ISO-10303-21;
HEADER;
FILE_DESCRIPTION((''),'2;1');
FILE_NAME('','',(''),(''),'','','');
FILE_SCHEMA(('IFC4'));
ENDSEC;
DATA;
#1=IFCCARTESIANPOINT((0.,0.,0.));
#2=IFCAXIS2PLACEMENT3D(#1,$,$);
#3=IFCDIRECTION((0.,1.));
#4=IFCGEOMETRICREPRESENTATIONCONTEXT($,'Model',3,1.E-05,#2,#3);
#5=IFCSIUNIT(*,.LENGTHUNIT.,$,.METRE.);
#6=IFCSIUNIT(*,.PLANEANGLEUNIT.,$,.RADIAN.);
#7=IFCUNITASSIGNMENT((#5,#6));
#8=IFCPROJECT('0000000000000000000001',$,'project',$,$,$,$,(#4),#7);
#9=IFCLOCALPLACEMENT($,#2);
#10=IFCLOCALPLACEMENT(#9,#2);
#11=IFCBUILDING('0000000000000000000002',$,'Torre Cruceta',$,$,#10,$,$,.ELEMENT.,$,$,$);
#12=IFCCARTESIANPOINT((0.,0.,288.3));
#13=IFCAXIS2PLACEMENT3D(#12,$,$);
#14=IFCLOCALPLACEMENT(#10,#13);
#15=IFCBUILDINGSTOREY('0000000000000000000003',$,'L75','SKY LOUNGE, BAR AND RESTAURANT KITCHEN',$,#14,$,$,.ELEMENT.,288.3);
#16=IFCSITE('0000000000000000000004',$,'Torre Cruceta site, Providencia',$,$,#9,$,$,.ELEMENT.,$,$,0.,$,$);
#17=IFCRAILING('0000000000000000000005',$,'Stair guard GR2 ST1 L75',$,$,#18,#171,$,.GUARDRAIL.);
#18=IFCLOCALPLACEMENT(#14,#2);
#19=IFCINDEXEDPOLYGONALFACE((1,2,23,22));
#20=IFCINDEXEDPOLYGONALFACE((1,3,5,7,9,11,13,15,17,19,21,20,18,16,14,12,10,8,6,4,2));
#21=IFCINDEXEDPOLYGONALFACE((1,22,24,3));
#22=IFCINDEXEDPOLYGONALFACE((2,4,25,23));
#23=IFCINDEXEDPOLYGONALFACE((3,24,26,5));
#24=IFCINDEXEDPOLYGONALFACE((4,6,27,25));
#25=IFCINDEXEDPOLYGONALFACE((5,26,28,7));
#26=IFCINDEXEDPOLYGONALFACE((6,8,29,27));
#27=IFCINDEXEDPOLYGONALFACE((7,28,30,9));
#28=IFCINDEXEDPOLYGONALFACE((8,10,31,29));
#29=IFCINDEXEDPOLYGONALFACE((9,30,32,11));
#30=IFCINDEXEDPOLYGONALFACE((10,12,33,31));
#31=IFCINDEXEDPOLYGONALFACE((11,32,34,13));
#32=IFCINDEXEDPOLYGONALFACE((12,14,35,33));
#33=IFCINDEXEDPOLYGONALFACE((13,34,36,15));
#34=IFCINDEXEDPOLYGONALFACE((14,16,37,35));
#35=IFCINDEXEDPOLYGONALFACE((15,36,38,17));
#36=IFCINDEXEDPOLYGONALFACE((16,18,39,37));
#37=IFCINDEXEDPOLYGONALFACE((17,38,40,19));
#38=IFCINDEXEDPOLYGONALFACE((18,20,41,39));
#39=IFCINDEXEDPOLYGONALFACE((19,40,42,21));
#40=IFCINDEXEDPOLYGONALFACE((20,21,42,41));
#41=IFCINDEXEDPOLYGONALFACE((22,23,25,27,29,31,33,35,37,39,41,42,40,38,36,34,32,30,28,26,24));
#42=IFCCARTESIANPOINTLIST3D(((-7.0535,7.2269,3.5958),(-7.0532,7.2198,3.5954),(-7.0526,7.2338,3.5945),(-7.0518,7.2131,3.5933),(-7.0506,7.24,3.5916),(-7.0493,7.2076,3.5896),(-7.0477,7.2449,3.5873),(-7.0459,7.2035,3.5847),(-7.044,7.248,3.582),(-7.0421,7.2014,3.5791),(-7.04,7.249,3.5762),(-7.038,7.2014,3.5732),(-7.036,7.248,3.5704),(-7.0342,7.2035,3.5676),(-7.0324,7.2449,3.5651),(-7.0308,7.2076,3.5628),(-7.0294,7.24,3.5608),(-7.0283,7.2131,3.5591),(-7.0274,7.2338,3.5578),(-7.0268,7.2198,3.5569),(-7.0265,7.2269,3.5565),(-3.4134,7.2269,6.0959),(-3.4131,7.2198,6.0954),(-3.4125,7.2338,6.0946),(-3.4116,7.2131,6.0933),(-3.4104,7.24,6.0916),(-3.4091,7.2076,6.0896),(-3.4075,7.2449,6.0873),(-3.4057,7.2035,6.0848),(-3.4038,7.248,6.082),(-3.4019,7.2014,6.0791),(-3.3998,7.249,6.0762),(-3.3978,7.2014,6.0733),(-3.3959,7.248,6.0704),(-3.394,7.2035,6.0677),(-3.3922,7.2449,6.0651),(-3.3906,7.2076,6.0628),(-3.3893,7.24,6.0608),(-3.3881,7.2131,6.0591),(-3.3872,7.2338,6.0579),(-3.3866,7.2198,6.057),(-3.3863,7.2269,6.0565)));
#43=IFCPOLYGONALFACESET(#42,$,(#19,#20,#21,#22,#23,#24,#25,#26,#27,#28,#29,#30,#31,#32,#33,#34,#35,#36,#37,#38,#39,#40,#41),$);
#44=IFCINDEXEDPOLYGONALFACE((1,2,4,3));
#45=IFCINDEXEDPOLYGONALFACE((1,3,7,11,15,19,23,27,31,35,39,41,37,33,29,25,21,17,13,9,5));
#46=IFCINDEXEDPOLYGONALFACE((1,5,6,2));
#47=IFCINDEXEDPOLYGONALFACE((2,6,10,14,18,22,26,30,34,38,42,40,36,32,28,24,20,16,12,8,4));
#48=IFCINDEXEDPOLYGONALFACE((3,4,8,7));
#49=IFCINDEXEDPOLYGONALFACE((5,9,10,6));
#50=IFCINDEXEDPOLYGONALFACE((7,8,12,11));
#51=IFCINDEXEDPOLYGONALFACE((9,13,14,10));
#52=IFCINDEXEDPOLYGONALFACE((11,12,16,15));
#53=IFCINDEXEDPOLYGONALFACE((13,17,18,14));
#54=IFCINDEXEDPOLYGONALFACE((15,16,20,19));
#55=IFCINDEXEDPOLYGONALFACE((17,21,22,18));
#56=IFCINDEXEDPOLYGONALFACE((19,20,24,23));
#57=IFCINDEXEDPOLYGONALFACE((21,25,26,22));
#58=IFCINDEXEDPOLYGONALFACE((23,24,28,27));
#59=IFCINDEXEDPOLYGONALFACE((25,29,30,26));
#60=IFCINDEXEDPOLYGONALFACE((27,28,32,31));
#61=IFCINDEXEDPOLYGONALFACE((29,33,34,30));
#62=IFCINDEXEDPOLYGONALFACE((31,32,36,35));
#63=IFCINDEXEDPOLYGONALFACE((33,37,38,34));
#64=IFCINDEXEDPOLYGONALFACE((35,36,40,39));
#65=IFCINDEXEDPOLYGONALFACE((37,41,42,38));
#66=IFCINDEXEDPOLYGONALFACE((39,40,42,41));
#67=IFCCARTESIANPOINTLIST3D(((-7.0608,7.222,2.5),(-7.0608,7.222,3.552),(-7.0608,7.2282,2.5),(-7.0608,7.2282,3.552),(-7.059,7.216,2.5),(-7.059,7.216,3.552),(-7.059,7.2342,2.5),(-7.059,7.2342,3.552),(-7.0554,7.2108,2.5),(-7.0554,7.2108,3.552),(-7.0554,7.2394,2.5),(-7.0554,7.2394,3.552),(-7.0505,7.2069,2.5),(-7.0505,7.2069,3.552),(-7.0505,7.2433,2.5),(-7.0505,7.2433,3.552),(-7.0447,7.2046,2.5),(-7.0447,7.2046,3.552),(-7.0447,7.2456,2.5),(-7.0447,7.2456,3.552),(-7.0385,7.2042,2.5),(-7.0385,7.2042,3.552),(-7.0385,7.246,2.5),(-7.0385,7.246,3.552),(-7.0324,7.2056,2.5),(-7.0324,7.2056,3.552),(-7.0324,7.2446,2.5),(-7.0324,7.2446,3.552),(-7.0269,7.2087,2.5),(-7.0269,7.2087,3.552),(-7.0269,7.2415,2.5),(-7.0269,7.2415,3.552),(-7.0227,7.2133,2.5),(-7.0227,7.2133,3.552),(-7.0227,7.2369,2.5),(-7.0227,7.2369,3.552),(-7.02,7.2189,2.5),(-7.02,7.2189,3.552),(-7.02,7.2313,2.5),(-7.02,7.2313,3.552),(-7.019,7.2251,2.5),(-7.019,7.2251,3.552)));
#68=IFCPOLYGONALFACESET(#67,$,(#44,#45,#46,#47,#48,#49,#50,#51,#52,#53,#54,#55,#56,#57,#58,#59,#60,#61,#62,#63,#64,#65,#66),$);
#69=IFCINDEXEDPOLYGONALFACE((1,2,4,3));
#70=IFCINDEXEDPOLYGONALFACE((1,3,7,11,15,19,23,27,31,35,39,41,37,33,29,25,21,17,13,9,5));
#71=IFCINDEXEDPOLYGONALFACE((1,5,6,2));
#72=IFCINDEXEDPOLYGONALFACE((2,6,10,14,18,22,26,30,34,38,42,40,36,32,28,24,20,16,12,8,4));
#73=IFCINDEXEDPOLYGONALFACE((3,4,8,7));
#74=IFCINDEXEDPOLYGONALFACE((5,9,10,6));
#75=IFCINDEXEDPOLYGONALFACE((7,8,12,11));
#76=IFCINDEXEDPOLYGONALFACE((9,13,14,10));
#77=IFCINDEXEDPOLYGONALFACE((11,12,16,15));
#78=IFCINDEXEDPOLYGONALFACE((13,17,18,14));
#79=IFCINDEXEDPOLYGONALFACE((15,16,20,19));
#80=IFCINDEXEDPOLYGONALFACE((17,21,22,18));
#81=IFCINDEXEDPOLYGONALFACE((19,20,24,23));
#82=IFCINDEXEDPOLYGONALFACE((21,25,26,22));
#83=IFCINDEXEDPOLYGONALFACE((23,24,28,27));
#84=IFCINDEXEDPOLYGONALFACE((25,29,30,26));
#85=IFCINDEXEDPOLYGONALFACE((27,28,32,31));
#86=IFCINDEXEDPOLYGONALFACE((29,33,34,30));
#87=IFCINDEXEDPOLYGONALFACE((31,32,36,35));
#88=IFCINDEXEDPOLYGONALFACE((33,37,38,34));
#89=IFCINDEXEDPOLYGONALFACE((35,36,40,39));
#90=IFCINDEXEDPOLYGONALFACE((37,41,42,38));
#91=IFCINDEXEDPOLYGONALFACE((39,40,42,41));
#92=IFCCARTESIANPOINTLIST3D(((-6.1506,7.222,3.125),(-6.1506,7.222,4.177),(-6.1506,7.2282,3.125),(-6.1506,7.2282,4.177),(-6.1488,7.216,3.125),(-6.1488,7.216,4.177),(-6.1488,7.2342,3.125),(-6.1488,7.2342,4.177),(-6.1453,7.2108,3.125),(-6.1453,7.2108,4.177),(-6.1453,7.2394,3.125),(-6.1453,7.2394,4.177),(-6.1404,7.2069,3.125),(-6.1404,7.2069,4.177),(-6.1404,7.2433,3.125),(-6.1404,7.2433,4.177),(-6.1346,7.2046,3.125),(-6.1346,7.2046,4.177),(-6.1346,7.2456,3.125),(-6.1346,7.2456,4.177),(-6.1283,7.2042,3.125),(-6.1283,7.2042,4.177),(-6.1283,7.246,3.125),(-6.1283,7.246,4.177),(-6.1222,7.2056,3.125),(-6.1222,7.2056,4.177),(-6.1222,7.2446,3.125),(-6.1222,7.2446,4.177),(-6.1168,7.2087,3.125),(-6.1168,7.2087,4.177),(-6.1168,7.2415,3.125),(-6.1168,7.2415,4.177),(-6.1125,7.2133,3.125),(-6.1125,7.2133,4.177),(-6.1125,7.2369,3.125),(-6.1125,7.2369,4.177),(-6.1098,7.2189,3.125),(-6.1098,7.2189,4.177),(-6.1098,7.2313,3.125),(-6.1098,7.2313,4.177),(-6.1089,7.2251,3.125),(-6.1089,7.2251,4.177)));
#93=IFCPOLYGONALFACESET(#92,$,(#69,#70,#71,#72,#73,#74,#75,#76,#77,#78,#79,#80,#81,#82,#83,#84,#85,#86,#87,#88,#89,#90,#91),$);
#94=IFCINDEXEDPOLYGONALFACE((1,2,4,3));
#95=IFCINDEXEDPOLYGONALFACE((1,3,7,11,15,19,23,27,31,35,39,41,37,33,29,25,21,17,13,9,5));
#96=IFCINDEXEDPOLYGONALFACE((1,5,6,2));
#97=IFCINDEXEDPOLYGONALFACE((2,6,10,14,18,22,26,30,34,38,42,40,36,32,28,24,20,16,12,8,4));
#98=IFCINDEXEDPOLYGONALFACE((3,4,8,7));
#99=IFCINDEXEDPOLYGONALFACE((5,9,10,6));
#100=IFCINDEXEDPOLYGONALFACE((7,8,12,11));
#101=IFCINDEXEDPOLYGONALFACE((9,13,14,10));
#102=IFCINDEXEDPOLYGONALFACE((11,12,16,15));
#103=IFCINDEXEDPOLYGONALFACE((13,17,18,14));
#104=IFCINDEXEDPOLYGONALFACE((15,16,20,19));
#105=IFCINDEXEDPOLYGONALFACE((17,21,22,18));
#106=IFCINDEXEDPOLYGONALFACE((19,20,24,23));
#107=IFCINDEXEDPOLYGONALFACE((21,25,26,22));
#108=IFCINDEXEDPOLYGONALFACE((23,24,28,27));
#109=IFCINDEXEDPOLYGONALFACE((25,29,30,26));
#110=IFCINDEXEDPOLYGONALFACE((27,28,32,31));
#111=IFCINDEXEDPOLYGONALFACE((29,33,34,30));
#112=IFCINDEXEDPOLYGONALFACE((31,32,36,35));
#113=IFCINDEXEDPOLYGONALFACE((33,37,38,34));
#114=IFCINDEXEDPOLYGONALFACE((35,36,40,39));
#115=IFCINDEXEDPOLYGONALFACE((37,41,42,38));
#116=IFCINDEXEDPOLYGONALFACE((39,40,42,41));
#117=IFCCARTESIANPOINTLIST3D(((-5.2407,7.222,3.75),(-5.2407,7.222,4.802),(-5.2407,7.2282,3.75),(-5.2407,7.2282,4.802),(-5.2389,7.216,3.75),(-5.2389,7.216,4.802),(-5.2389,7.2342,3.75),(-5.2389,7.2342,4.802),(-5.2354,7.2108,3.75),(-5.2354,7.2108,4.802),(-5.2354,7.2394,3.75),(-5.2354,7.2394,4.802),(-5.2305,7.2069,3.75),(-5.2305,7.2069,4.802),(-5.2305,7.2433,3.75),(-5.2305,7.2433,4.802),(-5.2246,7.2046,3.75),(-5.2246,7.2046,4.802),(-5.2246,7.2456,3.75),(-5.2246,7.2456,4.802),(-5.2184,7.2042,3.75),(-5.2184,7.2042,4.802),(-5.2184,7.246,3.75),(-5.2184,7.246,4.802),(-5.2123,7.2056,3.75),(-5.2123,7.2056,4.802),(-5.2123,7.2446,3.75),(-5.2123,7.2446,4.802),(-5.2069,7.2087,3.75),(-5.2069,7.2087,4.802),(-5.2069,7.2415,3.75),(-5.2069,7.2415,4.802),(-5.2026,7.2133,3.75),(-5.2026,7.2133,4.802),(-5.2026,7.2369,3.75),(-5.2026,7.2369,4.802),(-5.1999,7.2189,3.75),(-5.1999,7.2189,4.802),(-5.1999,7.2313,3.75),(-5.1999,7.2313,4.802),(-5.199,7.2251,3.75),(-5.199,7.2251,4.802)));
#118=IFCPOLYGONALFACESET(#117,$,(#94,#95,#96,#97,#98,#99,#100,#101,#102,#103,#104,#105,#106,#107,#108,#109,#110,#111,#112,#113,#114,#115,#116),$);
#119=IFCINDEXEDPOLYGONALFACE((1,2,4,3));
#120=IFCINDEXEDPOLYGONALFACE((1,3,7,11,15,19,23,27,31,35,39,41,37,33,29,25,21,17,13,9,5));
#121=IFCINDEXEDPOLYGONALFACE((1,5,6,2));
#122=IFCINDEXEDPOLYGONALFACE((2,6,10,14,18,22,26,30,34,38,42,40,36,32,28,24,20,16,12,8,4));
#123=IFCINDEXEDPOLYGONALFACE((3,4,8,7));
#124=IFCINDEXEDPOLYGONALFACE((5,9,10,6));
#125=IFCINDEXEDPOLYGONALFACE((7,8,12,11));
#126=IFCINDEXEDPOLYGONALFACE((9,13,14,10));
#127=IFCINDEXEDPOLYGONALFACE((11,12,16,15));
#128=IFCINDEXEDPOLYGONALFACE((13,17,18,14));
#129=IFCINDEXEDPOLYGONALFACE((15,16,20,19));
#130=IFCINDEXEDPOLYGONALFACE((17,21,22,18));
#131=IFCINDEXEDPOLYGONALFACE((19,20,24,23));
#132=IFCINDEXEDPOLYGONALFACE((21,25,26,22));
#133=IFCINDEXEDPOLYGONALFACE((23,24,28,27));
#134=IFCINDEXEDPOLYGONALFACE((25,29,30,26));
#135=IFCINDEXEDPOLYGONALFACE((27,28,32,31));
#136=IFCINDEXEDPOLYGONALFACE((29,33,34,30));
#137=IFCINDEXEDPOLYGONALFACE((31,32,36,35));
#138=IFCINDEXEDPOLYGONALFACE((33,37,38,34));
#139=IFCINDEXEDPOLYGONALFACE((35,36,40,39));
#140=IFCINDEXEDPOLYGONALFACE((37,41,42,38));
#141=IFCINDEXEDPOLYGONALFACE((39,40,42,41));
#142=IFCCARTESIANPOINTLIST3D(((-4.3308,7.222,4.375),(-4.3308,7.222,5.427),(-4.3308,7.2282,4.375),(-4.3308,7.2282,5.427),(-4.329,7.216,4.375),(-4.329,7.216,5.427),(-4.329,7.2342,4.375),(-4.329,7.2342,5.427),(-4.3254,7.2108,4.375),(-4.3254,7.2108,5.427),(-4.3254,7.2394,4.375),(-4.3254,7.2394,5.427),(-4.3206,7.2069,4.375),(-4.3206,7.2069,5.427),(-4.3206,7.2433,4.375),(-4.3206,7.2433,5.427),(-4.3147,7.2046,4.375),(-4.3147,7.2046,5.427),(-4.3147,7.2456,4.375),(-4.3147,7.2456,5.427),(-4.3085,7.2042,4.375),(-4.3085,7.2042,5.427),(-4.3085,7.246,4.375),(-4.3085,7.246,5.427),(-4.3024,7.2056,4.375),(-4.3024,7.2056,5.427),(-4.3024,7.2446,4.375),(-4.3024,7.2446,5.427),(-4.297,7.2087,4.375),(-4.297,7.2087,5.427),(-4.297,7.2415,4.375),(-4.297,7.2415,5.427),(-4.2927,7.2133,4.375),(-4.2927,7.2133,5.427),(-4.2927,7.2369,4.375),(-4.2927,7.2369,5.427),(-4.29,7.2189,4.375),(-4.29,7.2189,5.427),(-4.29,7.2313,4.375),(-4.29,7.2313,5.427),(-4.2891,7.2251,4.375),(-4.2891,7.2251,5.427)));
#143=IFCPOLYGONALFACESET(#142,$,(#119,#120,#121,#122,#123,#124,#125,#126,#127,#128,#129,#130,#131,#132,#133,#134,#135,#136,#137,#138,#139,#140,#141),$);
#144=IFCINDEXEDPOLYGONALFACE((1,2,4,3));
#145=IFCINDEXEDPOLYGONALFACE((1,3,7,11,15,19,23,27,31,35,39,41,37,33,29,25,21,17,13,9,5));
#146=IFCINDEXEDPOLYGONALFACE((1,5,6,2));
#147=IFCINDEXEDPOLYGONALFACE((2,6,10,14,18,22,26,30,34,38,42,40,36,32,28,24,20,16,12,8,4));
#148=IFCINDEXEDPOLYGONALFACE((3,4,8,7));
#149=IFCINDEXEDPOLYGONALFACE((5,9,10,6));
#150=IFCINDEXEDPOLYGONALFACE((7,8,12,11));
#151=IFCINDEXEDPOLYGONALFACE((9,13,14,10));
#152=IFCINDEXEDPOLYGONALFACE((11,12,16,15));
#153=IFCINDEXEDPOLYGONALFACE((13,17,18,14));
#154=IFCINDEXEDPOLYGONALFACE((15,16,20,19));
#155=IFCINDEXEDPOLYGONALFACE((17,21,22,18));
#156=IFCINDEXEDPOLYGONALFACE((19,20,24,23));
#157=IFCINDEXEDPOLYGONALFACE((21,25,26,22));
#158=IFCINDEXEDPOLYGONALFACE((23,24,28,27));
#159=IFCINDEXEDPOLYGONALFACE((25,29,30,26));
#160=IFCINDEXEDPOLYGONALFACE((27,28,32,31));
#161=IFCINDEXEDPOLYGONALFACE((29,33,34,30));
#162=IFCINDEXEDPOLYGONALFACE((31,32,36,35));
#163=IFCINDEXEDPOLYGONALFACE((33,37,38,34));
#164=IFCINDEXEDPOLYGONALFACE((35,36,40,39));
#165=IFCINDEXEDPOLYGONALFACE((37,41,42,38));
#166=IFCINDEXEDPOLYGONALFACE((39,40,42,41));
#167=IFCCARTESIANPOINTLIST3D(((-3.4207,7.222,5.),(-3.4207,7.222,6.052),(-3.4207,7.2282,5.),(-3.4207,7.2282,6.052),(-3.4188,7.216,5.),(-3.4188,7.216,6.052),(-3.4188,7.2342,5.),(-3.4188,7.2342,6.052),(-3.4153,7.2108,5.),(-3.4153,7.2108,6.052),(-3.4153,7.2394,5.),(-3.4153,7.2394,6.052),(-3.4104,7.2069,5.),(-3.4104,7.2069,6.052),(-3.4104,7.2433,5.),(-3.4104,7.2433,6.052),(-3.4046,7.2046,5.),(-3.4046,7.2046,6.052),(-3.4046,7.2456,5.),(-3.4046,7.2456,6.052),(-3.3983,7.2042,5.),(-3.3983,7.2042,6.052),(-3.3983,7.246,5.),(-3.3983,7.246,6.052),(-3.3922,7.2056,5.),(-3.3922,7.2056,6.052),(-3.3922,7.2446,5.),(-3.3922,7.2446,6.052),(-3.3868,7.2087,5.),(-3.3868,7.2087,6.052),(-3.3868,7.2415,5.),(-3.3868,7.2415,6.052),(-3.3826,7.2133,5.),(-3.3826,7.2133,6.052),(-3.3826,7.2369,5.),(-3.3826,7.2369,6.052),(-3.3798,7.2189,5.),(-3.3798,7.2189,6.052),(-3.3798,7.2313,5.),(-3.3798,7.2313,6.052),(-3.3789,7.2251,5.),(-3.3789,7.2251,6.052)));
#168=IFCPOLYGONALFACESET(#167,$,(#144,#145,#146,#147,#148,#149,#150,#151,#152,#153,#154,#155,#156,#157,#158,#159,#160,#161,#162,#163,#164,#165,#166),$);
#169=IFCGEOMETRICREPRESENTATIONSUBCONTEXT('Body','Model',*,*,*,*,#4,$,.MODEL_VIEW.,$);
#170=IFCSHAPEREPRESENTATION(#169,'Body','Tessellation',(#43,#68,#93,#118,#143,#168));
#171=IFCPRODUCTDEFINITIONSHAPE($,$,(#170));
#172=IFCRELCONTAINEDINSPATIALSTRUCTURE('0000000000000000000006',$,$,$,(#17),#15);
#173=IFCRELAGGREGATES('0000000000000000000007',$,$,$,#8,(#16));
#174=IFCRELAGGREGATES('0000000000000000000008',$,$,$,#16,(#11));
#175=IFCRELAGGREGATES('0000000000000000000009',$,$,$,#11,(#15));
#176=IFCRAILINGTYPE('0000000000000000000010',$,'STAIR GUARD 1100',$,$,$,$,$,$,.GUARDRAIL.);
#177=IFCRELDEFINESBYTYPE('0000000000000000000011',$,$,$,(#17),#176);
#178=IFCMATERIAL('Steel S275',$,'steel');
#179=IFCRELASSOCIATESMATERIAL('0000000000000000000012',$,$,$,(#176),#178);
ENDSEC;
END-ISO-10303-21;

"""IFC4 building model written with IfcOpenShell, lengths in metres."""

from ifc_helpers import new_model, si_unit, direction, frame, origin, origin_2d, place, context, subcontext, project, spatial, circle, extrude, material, type_object, element, save


model = new_model("IFC4")

# Units and contexts
model_context = context("Model", 3, precision=1e-05, world=origin(), true_north=direction((0.0, 1.0)))
body_context = subcontext(model_context, "Body", "Model", "MODEL_VIEW")
ifc_project = project(units=[si_unit("LENGTHUNIT", "METRE"), si_unit("PLANEANGLEUNIT", "RADIAN")], contexts=[model_context])

# Site, building, storey
site_placement = place(None, origin())
site = spatial("IfcSite", under=ifc_project, at=site_placement, Name="Torre Cruceta site, Providencia", CompositionType="ELEMENT", RefElevation=0.0)
building_placement = place(site_placement, origin())
building = spatial("IfcBuilding", under=site, at=building_placement, Name="Torre Cruceta", CompositionType="ELEMENT")
storey_placement = place(building_placement, frame((0.0, 0.0, 288.3)))
storey = spatial("IfcBuildingStorey", under=building, at=storey_placement, Name="L75", Description="SKY LOUNGE, BAR AND RESTAURANT KITCHEN", CompositionType="ELEMENT", Elevation=288.3)

# Railing
ifc_material_1 = material(Name="Steel S275", Category="steel")
railing_type_1 = type_object("IfcRailingType", Name="STAIR GUARD 1100", PredefinedType="GUARDRAIL", material=ifc_material_1)
railing_1_placement = place(storey_placement, frame((-7.04, 7.2251, 2.5)))
element("IfcRailing", 1, at=railing_1_placement, inside=storey, type_object=railing_type_1, Name="Stair guard GR2 ST1 L75", PredefinedType="GUARDRAIL", context=body_context, shape_type="SweptSolid", body=[
    extrude(circle(Radius=0.0239, at=origin_2d()), frame((0.0, 0.0, 1.0762), z_axis=(0.824316, 0.0, 0.56613), x_axis=(0.0, 1.0, 0.0)), (0.0, 0.0, 1.0), 4.416),
    extrude(circle(Radius=0.021, at=origin_2d()), origin(), (0.0, 0.0, 1.0), 1.052),
    extrude(circle(Radius=0.021, at=origin_2d()), frame((0.9102, 0.0, 0.625)), (0.0, 0.0, 1.0), 1.052),
    extrude(circle(Radius=0.021, at=origin_2d()), frame((1.8201, 0.0, 1.25)), (0.0, 0.0, 1.0), 1.052),
    extrude(circle(Radius=0.021, at=origin_2d()), frame((2.73, 0.0, 1.875)), (0.0, 0.0, 1.0), 1.052),
    extrude(circle(Radius=0.021, at=origin_2d()), frame((3.6401, 0.0, 2.5)), (0.0, 0.0, 1.0), 1.052),
])

save(model, "model.ifc")
